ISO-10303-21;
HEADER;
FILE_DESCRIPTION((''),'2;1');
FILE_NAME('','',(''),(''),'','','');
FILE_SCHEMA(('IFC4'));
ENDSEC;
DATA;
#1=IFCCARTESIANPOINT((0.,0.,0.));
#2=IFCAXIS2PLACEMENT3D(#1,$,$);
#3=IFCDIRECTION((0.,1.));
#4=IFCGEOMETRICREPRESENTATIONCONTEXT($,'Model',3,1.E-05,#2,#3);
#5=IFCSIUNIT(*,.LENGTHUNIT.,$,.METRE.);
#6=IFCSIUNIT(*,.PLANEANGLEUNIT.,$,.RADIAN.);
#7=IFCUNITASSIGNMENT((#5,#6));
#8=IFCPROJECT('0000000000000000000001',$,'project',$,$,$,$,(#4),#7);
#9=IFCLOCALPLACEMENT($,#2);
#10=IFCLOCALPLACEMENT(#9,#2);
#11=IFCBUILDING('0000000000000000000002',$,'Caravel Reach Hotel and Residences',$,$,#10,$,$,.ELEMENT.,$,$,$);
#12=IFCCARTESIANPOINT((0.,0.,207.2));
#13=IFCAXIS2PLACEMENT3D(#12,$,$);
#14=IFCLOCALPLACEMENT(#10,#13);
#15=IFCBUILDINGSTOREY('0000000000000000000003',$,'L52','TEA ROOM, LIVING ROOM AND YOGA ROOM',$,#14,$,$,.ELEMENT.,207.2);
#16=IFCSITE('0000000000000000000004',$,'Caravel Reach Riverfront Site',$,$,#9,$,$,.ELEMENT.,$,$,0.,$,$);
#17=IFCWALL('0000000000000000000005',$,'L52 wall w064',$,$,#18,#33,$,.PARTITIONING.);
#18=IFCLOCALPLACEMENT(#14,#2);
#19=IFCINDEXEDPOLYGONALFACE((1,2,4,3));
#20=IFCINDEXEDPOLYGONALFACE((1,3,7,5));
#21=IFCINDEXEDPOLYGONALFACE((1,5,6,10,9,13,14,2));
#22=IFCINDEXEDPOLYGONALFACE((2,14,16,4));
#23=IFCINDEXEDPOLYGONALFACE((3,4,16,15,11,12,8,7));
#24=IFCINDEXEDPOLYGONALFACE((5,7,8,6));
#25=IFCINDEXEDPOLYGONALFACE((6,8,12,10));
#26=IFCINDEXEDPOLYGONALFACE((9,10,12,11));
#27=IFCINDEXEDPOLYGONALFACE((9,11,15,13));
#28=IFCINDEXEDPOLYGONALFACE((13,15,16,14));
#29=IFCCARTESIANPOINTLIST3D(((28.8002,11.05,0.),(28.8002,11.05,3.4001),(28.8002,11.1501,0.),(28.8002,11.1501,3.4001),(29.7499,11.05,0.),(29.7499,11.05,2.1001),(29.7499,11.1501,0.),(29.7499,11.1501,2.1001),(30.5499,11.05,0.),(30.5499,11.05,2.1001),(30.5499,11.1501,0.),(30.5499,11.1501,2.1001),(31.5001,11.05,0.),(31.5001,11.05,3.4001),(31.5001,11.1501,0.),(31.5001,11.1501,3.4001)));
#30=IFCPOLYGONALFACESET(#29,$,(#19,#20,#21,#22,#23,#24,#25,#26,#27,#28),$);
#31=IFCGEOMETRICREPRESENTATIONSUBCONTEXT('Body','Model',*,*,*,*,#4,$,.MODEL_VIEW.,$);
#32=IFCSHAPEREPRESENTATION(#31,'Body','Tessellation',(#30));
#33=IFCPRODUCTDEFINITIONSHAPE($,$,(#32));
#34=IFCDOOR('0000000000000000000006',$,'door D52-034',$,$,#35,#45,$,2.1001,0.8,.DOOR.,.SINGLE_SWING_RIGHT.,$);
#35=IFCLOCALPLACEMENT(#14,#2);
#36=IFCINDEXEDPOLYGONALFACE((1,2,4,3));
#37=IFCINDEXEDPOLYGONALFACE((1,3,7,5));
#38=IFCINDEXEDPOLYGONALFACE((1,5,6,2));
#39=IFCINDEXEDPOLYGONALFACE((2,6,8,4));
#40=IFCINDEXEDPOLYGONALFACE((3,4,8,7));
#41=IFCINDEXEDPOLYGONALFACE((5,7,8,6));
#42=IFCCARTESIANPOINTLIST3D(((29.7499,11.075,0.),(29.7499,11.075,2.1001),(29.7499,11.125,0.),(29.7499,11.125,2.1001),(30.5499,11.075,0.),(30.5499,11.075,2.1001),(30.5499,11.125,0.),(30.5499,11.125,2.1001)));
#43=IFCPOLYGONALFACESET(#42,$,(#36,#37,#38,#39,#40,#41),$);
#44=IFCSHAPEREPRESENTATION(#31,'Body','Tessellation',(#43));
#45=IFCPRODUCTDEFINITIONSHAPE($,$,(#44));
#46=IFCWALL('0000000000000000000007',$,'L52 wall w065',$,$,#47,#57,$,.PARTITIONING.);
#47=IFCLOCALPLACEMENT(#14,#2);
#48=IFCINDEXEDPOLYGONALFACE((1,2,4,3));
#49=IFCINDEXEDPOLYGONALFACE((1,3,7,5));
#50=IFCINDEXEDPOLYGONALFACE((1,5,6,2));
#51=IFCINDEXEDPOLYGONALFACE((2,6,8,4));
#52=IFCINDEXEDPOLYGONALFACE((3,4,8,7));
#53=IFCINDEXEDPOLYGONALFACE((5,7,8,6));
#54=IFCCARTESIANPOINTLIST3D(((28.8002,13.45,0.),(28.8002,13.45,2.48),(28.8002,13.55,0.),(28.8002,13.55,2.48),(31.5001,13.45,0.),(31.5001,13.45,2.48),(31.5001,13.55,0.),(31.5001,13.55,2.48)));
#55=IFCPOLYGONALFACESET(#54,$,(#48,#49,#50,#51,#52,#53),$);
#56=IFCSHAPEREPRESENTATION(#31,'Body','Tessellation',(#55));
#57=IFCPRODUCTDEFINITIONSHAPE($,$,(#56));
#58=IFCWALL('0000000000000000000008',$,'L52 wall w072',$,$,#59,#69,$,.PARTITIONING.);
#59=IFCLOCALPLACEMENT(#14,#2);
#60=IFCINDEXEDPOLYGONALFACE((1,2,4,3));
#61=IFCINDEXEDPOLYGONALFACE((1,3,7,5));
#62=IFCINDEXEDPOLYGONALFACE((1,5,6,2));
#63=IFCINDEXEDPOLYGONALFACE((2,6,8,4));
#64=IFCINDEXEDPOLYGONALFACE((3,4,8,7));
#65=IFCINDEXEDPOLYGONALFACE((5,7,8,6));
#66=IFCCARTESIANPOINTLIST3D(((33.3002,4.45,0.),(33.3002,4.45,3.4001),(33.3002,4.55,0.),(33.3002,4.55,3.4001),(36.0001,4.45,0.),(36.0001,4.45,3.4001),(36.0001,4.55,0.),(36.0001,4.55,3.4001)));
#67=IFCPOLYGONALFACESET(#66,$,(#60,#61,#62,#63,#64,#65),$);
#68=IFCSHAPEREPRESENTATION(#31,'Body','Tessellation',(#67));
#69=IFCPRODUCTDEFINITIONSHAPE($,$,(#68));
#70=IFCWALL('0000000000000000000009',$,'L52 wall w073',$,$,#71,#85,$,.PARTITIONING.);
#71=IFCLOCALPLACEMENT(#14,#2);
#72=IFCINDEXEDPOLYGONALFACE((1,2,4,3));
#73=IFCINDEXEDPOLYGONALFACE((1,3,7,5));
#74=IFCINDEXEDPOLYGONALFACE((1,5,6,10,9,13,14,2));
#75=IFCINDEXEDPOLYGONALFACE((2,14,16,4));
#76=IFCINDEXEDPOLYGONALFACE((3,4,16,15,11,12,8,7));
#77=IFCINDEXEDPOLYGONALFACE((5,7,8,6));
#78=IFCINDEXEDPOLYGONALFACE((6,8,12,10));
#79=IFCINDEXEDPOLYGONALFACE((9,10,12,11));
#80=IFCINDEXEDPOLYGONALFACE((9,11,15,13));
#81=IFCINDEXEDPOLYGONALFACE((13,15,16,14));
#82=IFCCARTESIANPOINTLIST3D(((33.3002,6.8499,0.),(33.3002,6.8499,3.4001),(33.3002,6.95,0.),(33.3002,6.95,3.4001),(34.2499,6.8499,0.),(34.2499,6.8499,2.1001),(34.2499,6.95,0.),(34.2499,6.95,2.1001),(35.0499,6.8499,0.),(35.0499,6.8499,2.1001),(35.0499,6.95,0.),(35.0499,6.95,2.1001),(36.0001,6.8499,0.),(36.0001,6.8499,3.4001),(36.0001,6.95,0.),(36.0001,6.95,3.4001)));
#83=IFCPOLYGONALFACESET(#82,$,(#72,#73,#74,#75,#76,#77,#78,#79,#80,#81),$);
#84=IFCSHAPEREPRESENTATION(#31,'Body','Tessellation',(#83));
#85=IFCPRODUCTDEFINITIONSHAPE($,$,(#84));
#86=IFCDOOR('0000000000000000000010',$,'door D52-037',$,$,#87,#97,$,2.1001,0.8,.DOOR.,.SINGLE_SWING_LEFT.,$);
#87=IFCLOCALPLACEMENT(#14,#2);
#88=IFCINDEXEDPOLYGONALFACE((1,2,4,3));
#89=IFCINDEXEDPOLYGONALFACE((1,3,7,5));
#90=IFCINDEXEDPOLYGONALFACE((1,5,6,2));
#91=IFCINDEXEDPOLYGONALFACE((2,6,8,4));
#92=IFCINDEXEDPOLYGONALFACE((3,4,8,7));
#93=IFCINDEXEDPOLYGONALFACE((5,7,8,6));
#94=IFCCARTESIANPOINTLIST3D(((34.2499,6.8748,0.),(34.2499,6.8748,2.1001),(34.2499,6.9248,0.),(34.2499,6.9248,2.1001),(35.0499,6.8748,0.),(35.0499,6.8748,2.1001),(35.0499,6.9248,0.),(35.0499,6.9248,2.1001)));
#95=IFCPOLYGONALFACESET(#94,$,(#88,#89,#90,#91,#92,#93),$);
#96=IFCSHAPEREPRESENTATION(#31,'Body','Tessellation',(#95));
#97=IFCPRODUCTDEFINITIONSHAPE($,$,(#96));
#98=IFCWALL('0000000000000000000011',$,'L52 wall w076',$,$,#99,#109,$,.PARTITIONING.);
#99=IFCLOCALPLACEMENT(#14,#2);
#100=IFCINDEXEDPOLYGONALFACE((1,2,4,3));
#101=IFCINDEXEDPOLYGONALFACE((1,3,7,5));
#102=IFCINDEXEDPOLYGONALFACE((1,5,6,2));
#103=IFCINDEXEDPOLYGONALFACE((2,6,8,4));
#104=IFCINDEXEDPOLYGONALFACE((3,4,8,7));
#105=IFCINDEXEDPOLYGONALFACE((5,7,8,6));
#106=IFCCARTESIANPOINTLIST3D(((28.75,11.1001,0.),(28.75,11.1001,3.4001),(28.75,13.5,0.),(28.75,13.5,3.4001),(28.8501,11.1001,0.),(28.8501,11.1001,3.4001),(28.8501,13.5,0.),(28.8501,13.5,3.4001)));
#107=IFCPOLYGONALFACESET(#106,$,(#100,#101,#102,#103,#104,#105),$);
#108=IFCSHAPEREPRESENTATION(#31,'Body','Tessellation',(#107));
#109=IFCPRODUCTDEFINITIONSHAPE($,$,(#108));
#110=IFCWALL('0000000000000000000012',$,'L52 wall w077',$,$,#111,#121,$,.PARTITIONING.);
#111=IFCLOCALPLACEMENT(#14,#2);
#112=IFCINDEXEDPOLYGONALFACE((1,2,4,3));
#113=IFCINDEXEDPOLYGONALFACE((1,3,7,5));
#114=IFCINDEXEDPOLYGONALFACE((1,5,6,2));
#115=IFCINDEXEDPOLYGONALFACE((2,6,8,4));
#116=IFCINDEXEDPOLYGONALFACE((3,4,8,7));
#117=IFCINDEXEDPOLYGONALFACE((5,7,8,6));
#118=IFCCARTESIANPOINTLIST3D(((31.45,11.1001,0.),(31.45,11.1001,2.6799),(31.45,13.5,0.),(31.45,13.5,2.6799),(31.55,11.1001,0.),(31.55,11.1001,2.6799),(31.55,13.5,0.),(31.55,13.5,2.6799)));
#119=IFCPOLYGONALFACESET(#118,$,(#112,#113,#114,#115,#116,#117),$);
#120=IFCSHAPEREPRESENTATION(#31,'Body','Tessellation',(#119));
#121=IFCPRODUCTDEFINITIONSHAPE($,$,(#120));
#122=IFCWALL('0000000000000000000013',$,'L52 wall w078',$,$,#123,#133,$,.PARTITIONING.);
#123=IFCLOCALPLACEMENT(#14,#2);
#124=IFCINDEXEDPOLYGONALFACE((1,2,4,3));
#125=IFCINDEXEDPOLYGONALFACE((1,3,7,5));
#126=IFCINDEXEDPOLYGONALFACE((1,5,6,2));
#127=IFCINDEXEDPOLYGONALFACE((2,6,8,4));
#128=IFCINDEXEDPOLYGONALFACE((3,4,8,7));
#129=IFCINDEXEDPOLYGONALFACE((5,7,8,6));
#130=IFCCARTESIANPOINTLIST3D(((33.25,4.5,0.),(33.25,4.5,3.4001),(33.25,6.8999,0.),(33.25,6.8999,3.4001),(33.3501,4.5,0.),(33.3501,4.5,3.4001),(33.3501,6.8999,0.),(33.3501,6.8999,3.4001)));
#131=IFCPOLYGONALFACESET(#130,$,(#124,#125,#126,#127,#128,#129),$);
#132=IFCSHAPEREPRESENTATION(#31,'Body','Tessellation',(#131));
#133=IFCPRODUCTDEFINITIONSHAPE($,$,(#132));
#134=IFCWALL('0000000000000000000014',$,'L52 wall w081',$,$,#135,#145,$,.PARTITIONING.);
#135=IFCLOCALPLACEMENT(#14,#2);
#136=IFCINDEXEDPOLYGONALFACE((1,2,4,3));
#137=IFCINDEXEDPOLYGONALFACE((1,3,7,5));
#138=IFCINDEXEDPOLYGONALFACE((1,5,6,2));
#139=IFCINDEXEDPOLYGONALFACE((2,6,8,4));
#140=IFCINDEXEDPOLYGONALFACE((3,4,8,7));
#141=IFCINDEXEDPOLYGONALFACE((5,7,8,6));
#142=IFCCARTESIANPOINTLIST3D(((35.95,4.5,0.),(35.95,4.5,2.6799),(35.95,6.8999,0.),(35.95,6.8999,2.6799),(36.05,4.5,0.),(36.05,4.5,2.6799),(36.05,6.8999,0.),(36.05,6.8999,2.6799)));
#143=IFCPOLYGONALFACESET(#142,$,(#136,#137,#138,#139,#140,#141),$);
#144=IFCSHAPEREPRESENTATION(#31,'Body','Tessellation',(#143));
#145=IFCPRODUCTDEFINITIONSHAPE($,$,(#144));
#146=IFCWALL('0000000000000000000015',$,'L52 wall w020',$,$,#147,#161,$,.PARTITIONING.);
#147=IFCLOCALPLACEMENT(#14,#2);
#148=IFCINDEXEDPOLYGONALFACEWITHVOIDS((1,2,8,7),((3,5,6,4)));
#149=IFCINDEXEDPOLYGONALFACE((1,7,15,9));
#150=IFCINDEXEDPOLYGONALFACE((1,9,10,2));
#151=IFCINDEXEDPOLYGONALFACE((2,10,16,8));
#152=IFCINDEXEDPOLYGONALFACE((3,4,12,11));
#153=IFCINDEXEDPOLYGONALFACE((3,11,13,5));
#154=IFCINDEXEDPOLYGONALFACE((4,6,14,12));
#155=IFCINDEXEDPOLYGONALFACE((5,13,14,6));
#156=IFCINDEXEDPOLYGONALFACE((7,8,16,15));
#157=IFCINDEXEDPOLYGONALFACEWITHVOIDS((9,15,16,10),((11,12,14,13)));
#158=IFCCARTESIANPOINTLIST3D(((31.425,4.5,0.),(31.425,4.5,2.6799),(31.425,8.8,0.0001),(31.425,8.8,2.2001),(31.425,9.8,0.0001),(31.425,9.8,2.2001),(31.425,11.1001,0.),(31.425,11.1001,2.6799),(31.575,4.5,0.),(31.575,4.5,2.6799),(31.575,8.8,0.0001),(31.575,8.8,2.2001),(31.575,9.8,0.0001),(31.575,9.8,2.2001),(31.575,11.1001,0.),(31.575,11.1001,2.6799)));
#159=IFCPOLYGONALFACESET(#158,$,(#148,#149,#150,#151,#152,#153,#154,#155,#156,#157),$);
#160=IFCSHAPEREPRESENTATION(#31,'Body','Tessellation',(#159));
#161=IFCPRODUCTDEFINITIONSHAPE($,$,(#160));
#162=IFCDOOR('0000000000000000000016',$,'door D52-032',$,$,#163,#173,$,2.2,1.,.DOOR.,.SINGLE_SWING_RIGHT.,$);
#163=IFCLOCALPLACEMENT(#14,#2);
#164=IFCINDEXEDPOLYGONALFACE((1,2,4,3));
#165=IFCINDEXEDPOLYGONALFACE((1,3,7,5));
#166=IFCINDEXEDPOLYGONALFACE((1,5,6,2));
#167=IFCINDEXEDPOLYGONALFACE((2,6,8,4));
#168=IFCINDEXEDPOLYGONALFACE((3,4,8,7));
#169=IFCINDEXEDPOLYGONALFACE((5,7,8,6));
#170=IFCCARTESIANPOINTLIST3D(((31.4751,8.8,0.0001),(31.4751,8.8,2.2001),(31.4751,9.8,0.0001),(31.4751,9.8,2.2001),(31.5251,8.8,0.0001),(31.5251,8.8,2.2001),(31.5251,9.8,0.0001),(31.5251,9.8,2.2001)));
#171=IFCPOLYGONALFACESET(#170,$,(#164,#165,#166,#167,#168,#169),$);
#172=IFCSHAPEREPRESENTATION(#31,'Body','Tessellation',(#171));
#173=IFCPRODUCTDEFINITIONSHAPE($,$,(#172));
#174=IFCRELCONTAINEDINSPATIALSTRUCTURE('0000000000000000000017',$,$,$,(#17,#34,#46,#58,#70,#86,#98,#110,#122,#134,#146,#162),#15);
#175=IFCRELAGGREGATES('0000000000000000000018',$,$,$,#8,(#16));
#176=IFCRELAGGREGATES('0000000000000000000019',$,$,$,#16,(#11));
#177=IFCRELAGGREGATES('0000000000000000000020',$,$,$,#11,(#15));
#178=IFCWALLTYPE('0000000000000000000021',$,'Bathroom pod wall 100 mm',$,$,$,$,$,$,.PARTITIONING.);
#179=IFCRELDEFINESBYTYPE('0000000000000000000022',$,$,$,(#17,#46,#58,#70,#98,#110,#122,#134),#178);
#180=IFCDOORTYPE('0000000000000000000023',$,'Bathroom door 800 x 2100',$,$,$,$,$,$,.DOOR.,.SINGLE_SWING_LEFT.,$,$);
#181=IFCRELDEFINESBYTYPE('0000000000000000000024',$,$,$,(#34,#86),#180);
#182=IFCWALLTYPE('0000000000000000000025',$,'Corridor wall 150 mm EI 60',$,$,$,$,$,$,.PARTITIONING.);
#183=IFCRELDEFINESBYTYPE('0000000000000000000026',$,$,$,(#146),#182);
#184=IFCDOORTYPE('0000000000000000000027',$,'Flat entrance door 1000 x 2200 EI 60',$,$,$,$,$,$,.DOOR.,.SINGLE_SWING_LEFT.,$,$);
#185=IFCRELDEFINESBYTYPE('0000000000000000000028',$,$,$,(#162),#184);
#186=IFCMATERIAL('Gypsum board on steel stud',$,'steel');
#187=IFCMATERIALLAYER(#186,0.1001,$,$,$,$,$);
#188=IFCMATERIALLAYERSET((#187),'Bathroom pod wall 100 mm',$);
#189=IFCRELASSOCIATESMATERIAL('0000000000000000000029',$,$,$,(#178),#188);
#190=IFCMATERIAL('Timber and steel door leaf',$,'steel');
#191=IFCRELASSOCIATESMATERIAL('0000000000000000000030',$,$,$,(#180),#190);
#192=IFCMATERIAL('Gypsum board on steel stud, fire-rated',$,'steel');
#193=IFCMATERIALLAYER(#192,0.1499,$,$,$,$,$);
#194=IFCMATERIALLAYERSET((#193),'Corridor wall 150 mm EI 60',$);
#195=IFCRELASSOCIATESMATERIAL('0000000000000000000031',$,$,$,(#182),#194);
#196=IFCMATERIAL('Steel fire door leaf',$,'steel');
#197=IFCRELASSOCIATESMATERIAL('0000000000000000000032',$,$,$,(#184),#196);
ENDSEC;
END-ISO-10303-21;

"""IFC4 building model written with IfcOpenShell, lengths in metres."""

from ifc_helpers import new_model, si_unit, direction, frame, frame_2d, origin, place, context, subcontext, project, spatial, rectangle, extrude, material, layer, layer_set, type_object, element, fill, save


model = new_model("IFC4")

# Units and contexts
model_context = context("Model", 3, precision=1e-05, world=origin(), true_north=direction((0.0, 1.0)))
body_context = subcontext(model_context, "Body", "Model", "MODEL_VIEW")
ifc_project = project(units=[si_unit("LENGTHUNIT", "METRE"), si_unit("PLANEANGLEUNIT", "RADIAN")], contexts=[model_context])

# Site, building, storey
site_placement = place(None, origin())
site = spatial("IfcSite", under=ifc_project, at=site_placement, Name="Caravel Reach Riverfront Site", CompositionType="ELEMENT", RefElevation=0.0)
building_placement = place(site_placement, origin())
building = spatial("IfcBuilding", under=site, at=building_placement, Name="Caravel Reach Hotel and Residences", CompositionType="ELEMENT")
storey_placement = place(building_placement, frame((0.0, 0.0, 207.2)))
storey = spatial("IfcBuildingStorey", under=building, at=storey_placement, Name="L52", Description="TEA ROOM, LIVING ROOM AND YOGA ROOM", CompositionType="ELEMENT", Elevation=207.2)

# Wall, opening, door
ifc_material_1 = material(Name="Gypsum board on steel stud", Category="steel")
ifc_layer_1 = layer(ifc_material_1, 0.1001)
ifc_layer_set_1 = layer_set([ifc_layer_1], Name="Bathroom pod wall 100 mm")
wall_type_1 = type_object("IfcWallType", Name="Bathroom pod wall 100 mm", PredefinedType="PARTITIONING", material=ifc_layer_set_1)
wall_1_placement = place(storey_placement, frame((28.8, 11.1001, 0.0), z_axis=(0.0, 0.0, 1.0), x_axis=(1.0, 0.0, 0.0)))
wall_1 = element("IfcWall", 1, at=wall_1_placement, inside=storey, type_object=wall_type_1, Name="L52 wall w064", PredefinedType="PARTITIONING", context=body_context, shape_type="SweptSolid", body=[
    extrude(rectangle(XDim=2.7, YDim=0.1001, at=frame_2d((1.3501, 0.0))), origin(), (0.0, 0.0, 1.0), 3.4001),
])
opening_1_placement = place(wall_1_placement, frame((0.95, 0.0, 0.0)))
opening_1 = element("IfcOpeningElement", 2, at=opening_1_placement, cuts=wall_1, PredefinedType="OPENING", context=body_context, shape_type="SweptSolid", body=[
    extrude(rectangle(XDim=0.8, YDim=2.1001, at=frame_2d((0.3999, 1.05))), frame((0.0, 0.0601, 0.0), z_axis=(0.0, -1.0, 0.0), x_axis=(1.0, 0.0, 0.0)), (0.0, 0.0, 1.0), 0.1201),
])
ifc_material_2 = material(Name="Timber and steel door leaf", Category="steel")
door_type_1 = type_object("IfcDoorType", Name="Bathroom door 800 x 2100", OperationType="SINGLE_SWING_LEFT", PredefinedType="DOOR", material=ifc_material_2)
door_1_placement = place(opening_1_placement, origin())
door_1 = element("IfcDoor", 3, at=door_1_placement, inside=storey, type_object=door_type_1, Name="door D52-034", OperationType="SINGLE_SWING_RIGHT", OverallHeight=2.1001, OverallWidth=0.8, PredefinedType="DOOR", context=body_context, shape_type="SweptSolid", body=[
    extrude(rectangle(XDim=0.8, YDim=2.1001, at=frame_2d((0.3999, 1.05))), frame((0.0, 0.0249, 0.0), z_axis=(0.0, -1.0, 0.0), x_axis=(1.0, 0.0, 0.0)), (0.0, 0.0, 1.0), 0.05),
])
fill(opening_1, door_1)

# Walls
wall_2_placement = place(storey_placement, frame((28.8, 13.5, 0.0), z_axis=(0.0, 0.0, 1.0), x_axis=(1.0, 0.0, 0.0)))
element("IfcWall", 4, at=wall_2_placement, inside=storey, type_object=wall_type_1, Name="L52 wall w065", PredefinedType="PARTITIONING", context=body_context, shape_type="SweptSolid", body=[
    extrude(rectangle(XDim=2.7, YDim=0.1001, at=frame_2d((1.3501, 0.0))), origin(), (0.0, 0.0, 1.0), 2.48),
])
wall_3_placement = place(storey_placement, frame((33.3, 4.5, 0.0), z_axis=(0.0, 0.0, 1.0), x_axis=(1.0, 0.0, 0.0)))
element("IfcWall", 5, at=wall_3_placement, inside=storey, type_object=wall_type_1, Name="L52 wall w072", PredefinedType="PARTITIONING", context=body_context, shape_type="SweptSolid", body=[
    extrude(rectangle(XDim=2.7, YDim=0.1001, at=frame_2d((1.3501, 0.0))), origin(), (0.0, 0.0, 1.0), 3.4001),
])

# Wall, opening, door
wall_4_placement = place(storey_placement, frame((33.3, 6.8999, 0.0), z_axis=(0.0, 0.0, 1.0), x_axis=(1.0, 0.0, 0.0)))
wall_4 = element("IfcWall", 6, at=wall_4_placement, inside=storey, type_object=wall_type_1, Name="L52 wall w073", PredefinedType="PARTITIONING", context=body_context, shape_type="SweptSolid", body=[
    extrude(rectangle(XDim=2.7, YDim=0.1001, at=frame_2d((1.3501, 0.0))), origin(), (0.0, 0.0, 1.0), 3.4001),
])
opening_2_placement = place(wall_4_placement, frame((0.95, 0.0, 0.0)))
opening_2 = element("IfcOpeningElement", 7, at=opening_2_placement, cuts=wall_4, PredefinedType="OPENING", context=body_context, shape_type="SweptSolid", body=[
    extrude(rectangle(XDim=0.8, YDim=2.1001, at=frame_2d((0.3999, 1.05))), frame((0.0, 0.0601, 0.0), z_axis=(0.0, -1.0, 0.0), x_axis=(1.0, 0.0, 0.0)), (0.0, 0.0, 1.0), 0.1201),
])
door_2_placement = place(opening_2_placement, origin())
door_2 = element("IfcDoor", 8, at=door_2_placement, inside=storey, type_object=door_type_1, Name="door D52-037", OperationType="SINGLE_SWING_LEFT", OverallHeight=2.1001, OverallWidth=0.8, PredefinedType="DOOR", context=body_context, shape_type="SweptSolid", body=[
    extrude(rectangle(XDim=0.8, YDim=2.1001, at=frame_2d((0.3999, 1.05))), frame((0.0, 0.0249, 0.0), z_axis=(0.0, -1.0, 0.0), x_axis=(1.0, 0.0, 0.0)), (0.0, 0.0, 1.0), 0.05),
])
fill(opening_2, door_2)

# Walls
wall_5_placement = place(storey_placement, frame((28.8, 11.1001, 0.0), z_axis=(0.0, 0.0, 1.0), x_axis=(0.0, 1.0, 0.0)))
element("IfcWall", 9, at=wall_5_placement, inside=storey, type_object=wall_type_1, Name="L52 wall w076", PredefinedType="PARTITIONING", context=body_context, shape_type="SweptSolid", body=[
    extrude(rectangle(XDim=2.3999, YDim=0.1001, at=frame_2d((1.2, 0.0))), origin(), (0.0, 0.0, 1.0), 3.4001),
])
wall_6_placement = place(storey_placement, frame((31.5, 11.1001, 0.0), z_axis=(0.0, 0.0, 1.0), x_axis=(0.0, 1.0, 0.0)))
element("IfcWall", 10, at=wall_6_placement, inside=storey, type_object=wall_type_1, Name="L52 wall w077", PredefinedType="PARTITIONING", context=body_context, shape_type="SweptSolid", body=[
    extrude(rectangle(XDim=2.3999, YDim=0.1001, at=frame_2d((1.2, 0.0))), origin(), (0.0, 0.0, 1.0), 2.6799),
])
wall_7_placement = place(storey_placement, frame((33.3, 4.5, 0.0), z_axis=(0.0, 0.0, 1.0), x_axis=(0.0, 1.0, 0.0)))
element("IfcWall", 11, at=wall_7_placement, inside=storey, type_object=wall_type_1, Name="L52 wall w078", PredefinedType="PARTITIONING", context=body_context, shape_type="SweptSolid", body=[
    extrude(rectangle(XDim=2.3999, YDim=0.1001, at=frame_2d((1.2, 0.0))), origin(), (0.0, 0.0, 1.0), 3.4001),
])
wall_8_placement = place(storey_placement, frame((36.0, 4.5, 0.0), z_axis=(0.0, 0.0, 1.0), x_axis=(0.0, 1.0, 0.0)))
element("IfcWall", 12, at=wall_8_placement, inside=storey, type_object=wall_type_1, Name="L52 wall w081", PredefinedType="PARTITIONING", context=body_context, shape_type="SweptSolid", body=[
    extrude(rectangle(XDim=2.3999, YDim=0.1001, at=frame_2d((1.2, 0.0))), origin(), (0.0, 0.0, 1.0), 2.6799),
])

# Wall, opening, door
ifc_material_3 = material(Name="Gypsum board on steel stud, fire-rated", Category="steel")
ifc_layer_2 = layer(ifc_material_3, 0.1499)
ifc_layer_set_2 = layer_set([ifc_layer_2], Name="Corridor wall 150 mm EI 60")
wall_type_2 = type_object("IfcWallType", Name="Corridor wall 150 mm EI 60", PredefinedType="PARTITIONING", material=ifc_layer_set_2)
wall_9_placement = place(storey_placement, frame((31.5, 4.5, 0.0), z_axis=(0.0, 0.0, 1.0), x_axis=(0.0, 1.0, 0.0)))
wall_9 = element("IfcWall", 13, at=wall_9_placement, inside=storey, type_object=wall_type_2, Name="L52 wall w020", PredefinedType="PARTITIONING", context=body_context, shape_type="SweptSolid", body=[
    extrude(rectangle(XDim=6.6001, YDim=0.1499, at=frame_2d((3.3, 0.0))), origin(), (0.0, 0.0, 1.0), 2.6799),
])
opening_3_placement = place(wall_9_placement, frame((4.3, 0.0, 0.0)))
opening_3 = element("IfcOpeningElement", 14, at=opening_3_placement, cuts=wall_9, PredefinedType="OPENING", context=body_context, shape_type="SweptSolid", body=[
    extrude(rectangle(XDim=1.0, YDim=2.2, at=frame_2d((0.5, 1.1001))), frame((0.0, 0.085, 0.0), z_axis=(0.0, -1.0, 0.0), x_axis=(1.0, 0.0, 0.0)), (0.0, 0.0, 1.0), 0.1699),
])
ifc_material_4 = material(Name="Steel fire door leaf", Category="steel")
door_type_2 = type_object("IfcDoorType", Name="Flat entrance door 1000 x 2200 EI 60", OperationType="SINGLE_SWING_LEFT", PredefinedType="DOOR", material=ifc_material_4)
door_3_placement = place(opening_3_placement, origin())
door_3 = element("IfcDoor", 15, at=door_3_placement, inside=storey, type_object=door_type_2, Name="door D52-032", OperationType="SINGLE_SWING_RIGHT", OverallHeight=2.2, OverallWidth=1.0, PredefinedType="DOOR", context=body_context, shape_type="SweptSolid", body=[
    extrude(rectangle(XDim=1.0, YDim=2.2, at=frame_2d((0.5, 1.1001))), frame((0.0, 0.0249, 0.0), z_axis=(0.0, -1.0, 0.0), x_axis=(1.0, 0.0, 0.0)), (0.0, 0.0, 1.0), 0.05),
])
fill(opening_3, door_3)

save(model, "model.ifc")
